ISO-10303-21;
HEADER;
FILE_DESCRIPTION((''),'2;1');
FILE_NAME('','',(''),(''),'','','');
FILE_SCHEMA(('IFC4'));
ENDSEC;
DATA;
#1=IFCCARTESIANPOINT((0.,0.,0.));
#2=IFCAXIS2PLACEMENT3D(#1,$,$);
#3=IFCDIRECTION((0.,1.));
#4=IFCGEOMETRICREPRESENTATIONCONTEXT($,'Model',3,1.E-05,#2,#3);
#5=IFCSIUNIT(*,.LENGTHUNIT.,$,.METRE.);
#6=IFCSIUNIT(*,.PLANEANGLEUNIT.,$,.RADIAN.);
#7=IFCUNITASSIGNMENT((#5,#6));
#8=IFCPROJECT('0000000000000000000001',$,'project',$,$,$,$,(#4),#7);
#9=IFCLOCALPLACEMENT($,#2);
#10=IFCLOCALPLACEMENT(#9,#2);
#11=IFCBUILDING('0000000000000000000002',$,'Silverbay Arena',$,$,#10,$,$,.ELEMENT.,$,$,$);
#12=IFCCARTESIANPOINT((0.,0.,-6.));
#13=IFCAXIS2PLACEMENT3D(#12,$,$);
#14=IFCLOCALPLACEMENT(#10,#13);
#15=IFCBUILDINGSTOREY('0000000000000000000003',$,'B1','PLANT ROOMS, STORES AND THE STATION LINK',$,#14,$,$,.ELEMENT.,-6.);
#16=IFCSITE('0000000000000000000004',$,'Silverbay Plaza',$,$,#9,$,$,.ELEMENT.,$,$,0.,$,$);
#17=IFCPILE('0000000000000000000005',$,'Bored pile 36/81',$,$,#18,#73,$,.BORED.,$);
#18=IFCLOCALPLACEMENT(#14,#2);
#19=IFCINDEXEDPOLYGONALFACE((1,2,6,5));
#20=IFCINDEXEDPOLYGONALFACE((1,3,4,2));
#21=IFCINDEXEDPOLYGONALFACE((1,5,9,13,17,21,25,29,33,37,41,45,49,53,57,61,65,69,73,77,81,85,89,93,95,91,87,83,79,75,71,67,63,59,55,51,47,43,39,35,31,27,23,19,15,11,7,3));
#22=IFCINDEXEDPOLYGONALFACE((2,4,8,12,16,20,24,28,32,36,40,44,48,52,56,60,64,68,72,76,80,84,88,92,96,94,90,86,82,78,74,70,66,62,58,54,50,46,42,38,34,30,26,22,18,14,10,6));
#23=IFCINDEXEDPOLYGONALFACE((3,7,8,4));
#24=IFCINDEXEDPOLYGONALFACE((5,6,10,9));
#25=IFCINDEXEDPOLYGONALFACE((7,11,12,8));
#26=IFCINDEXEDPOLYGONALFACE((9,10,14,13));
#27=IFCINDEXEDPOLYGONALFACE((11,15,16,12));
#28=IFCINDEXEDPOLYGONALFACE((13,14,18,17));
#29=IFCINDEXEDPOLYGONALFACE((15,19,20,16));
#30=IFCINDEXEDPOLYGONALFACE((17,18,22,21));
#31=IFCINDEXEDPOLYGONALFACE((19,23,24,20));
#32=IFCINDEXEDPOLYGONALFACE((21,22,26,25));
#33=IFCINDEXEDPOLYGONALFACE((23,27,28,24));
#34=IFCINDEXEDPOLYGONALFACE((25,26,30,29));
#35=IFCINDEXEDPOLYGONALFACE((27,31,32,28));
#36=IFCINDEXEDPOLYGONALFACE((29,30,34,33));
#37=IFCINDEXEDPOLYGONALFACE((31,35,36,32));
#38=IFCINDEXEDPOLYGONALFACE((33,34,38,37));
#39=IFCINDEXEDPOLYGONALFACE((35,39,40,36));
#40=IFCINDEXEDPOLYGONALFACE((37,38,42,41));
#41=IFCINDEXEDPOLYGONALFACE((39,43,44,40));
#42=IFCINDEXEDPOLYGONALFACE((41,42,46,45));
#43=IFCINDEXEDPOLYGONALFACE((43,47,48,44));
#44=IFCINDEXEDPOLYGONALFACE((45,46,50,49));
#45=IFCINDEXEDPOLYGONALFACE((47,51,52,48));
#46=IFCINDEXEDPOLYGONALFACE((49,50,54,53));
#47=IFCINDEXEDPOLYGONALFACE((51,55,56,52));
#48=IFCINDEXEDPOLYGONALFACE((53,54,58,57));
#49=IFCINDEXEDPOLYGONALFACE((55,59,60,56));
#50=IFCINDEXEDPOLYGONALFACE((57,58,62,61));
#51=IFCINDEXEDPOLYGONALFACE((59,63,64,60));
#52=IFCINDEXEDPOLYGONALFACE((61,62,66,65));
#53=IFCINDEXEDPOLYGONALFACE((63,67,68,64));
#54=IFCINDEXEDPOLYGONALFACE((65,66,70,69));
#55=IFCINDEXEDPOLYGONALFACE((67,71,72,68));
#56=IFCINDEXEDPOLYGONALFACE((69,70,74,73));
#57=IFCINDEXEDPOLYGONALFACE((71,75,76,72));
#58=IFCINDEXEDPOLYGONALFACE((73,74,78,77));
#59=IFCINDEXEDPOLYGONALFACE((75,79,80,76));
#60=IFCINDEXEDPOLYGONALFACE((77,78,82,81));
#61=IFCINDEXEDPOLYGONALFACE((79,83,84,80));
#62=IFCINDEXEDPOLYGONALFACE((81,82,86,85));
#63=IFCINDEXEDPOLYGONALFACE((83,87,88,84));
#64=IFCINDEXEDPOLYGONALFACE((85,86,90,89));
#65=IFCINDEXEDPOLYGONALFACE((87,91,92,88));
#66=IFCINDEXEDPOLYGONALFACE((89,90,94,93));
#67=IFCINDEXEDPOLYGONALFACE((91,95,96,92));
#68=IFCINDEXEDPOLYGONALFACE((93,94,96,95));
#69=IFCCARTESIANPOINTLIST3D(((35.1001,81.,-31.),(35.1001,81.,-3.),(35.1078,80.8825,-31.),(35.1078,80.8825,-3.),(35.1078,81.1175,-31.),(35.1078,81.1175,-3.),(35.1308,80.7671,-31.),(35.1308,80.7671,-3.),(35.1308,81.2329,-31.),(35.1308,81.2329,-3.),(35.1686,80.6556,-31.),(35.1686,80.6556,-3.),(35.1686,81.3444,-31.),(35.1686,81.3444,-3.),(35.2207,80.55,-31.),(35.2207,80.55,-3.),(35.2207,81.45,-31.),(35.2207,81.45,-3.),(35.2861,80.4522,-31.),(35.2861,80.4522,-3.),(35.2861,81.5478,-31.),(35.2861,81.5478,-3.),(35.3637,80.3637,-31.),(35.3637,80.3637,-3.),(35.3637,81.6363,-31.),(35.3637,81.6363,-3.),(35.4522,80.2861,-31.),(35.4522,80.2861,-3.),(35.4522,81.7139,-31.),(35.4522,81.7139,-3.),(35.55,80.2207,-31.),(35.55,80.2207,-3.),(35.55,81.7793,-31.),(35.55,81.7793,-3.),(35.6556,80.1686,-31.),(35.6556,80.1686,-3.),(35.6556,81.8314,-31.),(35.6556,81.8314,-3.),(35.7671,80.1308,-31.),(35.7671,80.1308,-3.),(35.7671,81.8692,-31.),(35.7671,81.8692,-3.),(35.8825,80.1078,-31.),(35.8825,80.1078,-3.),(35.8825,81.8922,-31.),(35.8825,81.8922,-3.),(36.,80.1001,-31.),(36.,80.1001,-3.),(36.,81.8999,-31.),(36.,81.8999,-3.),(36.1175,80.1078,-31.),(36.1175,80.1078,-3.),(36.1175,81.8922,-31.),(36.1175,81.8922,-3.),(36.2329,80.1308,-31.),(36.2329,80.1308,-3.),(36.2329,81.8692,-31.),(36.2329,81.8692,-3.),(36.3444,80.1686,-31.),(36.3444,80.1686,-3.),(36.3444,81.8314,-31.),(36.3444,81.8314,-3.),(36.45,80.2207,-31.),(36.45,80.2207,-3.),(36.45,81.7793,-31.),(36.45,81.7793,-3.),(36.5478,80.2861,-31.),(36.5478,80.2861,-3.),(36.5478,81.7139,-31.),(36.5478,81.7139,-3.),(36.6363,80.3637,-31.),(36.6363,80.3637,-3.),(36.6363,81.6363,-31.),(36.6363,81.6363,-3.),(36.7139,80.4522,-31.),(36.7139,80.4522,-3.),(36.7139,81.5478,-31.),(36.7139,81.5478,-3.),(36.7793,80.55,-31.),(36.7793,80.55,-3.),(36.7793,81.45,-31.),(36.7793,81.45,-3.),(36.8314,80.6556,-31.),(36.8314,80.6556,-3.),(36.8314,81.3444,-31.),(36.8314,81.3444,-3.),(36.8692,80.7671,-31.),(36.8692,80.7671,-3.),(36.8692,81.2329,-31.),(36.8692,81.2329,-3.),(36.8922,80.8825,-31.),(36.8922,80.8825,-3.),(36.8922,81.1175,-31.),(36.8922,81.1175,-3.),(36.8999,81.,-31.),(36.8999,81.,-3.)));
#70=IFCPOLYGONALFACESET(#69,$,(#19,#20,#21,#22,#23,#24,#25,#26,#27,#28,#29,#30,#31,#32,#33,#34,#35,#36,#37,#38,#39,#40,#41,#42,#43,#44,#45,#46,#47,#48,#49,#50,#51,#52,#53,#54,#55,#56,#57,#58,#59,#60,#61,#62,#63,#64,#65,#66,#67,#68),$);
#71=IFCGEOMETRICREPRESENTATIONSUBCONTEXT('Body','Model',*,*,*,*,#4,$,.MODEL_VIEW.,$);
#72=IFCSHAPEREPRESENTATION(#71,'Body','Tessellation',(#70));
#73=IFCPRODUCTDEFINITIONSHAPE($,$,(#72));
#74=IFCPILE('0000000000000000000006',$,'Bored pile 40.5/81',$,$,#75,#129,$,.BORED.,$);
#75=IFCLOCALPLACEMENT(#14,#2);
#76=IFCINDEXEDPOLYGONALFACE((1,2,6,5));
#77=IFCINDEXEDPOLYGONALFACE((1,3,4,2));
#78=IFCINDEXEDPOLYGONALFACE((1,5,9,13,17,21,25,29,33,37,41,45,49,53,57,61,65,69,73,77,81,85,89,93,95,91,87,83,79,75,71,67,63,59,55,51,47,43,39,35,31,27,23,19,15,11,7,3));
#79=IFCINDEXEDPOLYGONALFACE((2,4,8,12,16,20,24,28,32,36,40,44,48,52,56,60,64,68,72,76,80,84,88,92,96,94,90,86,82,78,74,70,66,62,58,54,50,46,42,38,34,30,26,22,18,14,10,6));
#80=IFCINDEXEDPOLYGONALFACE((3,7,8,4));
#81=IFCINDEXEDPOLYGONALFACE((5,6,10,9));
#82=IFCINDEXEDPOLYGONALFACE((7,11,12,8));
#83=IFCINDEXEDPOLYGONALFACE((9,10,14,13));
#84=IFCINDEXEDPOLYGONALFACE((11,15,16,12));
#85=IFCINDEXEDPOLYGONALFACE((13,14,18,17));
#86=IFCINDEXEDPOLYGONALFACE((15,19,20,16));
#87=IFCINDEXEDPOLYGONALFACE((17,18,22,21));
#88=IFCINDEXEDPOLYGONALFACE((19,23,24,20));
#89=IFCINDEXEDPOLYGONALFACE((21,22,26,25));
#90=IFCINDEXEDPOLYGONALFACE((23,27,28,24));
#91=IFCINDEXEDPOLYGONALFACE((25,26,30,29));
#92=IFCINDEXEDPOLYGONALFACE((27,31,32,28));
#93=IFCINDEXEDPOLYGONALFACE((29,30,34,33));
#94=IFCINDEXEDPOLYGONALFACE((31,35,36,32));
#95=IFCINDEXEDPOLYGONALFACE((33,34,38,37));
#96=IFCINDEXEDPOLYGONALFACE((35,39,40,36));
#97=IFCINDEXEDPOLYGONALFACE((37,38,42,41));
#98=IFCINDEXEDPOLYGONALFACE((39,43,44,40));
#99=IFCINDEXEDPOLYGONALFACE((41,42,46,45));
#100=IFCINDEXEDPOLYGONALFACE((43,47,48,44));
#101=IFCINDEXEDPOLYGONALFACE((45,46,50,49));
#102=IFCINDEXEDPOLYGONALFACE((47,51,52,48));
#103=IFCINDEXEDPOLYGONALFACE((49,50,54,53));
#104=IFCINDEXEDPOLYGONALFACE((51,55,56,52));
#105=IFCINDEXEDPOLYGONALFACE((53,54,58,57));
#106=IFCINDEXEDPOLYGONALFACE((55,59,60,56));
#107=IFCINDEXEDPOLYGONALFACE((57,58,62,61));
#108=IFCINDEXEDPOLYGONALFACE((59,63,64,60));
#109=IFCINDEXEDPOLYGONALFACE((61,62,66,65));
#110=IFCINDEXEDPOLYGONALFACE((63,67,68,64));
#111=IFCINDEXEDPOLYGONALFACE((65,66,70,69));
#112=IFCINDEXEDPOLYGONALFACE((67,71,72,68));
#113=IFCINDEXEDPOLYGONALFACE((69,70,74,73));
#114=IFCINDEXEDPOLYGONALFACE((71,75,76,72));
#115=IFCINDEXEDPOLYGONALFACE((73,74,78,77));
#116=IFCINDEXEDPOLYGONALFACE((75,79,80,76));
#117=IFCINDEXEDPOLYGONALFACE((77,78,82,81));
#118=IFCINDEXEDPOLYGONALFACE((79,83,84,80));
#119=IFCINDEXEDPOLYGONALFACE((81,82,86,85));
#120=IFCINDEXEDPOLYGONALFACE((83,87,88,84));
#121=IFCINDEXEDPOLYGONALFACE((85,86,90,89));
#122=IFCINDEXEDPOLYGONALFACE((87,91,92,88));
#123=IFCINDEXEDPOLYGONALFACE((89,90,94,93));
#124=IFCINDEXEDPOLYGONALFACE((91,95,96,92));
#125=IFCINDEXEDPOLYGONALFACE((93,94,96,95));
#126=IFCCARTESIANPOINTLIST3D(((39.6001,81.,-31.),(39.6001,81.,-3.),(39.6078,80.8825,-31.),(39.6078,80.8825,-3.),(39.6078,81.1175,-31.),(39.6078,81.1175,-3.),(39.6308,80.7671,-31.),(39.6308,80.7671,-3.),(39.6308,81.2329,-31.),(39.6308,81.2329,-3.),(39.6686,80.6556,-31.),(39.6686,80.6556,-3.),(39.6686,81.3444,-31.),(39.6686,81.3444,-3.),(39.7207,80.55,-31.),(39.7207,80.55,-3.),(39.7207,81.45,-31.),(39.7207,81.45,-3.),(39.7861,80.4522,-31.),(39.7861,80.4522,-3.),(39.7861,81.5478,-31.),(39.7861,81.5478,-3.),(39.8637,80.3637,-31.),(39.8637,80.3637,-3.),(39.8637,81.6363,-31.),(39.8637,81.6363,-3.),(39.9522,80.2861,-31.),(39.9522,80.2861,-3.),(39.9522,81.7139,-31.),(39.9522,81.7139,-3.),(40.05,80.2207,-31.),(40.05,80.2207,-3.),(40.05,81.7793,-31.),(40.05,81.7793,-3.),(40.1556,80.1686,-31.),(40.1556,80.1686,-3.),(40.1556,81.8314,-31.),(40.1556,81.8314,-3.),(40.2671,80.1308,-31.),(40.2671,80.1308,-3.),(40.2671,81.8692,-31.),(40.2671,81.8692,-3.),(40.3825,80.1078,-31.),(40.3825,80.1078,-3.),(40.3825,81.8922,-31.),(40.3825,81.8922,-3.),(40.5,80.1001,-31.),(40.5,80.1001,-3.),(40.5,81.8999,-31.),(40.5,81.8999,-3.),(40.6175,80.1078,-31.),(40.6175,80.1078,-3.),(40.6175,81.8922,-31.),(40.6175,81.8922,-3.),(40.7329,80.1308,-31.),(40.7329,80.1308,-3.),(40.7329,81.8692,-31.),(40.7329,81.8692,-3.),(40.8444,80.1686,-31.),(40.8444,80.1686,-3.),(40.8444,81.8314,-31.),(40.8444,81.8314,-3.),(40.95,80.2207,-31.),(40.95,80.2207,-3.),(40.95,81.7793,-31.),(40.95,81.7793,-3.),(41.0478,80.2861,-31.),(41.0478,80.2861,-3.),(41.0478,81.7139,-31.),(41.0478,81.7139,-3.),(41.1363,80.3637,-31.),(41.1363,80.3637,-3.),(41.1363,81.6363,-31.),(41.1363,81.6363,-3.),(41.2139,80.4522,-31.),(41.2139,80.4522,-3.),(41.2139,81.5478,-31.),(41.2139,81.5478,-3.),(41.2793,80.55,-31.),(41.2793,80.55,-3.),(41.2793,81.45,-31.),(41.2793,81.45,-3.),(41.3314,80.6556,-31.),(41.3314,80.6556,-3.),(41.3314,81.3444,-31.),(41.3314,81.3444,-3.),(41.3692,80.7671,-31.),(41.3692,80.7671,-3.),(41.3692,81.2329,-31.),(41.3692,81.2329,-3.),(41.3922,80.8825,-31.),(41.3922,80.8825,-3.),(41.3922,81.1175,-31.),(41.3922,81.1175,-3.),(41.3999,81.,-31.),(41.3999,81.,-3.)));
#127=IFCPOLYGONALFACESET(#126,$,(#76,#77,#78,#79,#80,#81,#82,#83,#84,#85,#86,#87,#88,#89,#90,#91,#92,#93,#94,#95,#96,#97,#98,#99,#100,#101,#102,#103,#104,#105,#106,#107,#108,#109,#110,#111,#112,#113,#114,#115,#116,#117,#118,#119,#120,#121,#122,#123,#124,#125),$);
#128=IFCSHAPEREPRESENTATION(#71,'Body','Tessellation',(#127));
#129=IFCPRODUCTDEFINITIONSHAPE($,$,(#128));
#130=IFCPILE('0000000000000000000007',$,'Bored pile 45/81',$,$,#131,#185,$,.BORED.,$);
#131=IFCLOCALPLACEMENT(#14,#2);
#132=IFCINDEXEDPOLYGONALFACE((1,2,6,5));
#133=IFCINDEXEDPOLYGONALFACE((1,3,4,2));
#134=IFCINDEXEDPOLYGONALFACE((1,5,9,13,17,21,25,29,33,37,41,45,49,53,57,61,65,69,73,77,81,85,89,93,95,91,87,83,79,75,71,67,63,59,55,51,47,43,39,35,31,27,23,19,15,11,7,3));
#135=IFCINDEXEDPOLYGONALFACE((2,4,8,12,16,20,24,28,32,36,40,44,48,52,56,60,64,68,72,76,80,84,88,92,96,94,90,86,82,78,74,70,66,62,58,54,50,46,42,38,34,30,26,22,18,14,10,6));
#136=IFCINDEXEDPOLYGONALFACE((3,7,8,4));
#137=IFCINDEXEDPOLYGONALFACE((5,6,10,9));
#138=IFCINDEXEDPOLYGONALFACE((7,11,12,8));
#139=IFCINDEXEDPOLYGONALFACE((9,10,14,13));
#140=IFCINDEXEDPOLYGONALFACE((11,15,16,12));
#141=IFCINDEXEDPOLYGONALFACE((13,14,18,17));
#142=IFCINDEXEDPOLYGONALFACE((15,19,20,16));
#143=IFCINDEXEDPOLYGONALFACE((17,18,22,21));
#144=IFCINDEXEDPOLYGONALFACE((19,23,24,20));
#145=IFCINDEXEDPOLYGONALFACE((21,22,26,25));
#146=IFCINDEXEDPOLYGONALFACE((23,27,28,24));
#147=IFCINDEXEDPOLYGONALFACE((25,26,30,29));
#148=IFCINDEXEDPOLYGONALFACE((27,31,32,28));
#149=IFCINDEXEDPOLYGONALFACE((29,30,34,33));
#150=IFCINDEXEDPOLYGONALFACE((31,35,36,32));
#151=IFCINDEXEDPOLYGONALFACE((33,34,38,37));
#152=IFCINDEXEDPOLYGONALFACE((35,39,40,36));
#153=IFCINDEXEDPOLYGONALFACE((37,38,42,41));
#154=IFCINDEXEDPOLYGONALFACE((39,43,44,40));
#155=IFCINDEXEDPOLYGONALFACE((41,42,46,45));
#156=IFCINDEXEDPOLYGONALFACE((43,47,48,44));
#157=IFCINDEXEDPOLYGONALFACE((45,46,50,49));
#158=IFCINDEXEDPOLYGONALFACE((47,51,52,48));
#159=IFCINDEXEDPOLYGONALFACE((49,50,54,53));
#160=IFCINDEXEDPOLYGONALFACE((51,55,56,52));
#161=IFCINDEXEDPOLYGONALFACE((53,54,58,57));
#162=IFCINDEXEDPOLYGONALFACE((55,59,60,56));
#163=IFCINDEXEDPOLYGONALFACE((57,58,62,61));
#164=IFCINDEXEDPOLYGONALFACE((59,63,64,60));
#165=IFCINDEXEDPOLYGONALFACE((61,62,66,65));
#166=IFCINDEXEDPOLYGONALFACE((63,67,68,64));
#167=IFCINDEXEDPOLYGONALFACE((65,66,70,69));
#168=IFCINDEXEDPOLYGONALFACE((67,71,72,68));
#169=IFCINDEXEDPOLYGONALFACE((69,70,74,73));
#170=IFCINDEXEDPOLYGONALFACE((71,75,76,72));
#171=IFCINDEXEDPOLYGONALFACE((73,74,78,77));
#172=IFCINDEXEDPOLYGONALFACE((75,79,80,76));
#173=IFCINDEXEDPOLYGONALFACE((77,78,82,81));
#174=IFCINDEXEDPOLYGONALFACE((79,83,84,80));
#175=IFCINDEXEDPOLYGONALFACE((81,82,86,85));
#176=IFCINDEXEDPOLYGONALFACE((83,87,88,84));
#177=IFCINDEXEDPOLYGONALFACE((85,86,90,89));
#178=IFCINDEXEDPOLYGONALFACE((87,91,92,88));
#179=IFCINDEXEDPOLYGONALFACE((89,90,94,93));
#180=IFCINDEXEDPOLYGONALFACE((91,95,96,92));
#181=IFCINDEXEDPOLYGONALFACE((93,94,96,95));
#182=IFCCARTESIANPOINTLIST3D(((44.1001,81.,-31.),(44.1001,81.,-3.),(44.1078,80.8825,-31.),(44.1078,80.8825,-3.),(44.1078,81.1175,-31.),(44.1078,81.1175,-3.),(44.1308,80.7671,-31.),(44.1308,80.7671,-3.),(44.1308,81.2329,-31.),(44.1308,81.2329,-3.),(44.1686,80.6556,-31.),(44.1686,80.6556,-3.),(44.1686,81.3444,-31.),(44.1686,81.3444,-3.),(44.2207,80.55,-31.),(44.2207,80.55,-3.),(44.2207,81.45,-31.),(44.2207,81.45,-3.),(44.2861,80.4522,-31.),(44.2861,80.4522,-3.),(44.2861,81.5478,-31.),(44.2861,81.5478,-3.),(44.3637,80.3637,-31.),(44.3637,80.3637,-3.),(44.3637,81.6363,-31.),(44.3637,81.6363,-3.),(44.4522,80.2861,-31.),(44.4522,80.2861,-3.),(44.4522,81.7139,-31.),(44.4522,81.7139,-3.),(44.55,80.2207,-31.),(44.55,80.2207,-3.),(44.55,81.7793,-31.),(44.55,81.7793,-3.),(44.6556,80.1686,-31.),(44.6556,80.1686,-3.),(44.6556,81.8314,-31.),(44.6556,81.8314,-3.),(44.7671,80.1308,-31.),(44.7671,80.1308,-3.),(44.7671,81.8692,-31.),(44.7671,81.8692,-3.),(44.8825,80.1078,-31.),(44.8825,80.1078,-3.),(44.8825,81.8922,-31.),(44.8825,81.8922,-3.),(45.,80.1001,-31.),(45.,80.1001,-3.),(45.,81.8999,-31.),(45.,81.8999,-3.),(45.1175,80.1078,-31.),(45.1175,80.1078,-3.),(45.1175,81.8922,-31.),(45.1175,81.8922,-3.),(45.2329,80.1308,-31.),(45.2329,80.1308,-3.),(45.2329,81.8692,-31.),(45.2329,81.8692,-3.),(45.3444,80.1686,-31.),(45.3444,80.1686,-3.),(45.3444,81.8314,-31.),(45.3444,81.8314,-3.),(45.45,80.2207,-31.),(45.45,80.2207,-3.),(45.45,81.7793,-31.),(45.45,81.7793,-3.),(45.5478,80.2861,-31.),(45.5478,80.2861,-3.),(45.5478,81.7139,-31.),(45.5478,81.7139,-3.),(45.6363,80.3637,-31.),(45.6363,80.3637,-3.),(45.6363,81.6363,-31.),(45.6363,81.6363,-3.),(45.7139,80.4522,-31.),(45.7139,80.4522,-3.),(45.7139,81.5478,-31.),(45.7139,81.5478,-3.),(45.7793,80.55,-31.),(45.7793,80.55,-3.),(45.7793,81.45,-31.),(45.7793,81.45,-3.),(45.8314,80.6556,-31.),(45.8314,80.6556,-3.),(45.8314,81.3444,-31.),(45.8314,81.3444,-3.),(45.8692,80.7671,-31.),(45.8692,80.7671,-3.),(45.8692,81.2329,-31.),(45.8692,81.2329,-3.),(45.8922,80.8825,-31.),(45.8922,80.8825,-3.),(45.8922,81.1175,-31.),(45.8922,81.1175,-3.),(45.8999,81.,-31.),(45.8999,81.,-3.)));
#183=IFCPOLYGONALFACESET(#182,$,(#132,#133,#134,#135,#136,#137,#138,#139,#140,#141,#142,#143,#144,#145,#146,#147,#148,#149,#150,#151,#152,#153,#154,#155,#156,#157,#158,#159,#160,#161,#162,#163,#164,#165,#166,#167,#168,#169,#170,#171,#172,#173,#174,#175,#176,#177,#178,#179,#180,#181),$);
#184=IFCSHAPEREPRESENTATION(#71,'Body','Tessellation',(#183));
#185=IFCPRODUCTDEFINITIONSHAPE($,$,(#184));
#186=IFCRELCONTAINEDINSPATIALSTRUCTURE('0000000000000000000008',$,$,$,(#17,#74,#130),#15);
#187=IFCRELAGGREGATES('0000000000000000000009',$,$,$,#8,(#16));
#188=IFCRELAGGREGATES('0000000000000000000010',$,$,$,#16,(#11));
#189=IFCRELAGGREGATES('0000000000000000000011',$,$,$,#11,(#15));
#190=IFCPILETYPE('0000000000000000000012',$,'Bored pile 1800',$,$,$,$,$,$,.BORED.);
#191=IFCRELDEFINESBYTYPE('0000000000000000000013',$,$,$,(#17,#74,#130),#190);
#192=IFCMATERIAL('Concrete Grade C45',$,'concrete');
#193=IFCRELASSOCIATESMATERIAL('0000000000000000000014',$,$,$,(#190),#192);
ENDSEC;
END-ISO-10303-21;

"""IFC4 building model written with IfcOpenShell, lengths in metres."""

from ifc_helpers import new_model, si_unit, direction, frame, origin, origin_2d, place, context, subcontext, project, spatial, circle, extrude, material, material_profile, profile_set, type_object, element, save


model = new_model("IFC4")

# Units and contexts
model_context = context("Model", 3, precision=1e-05, world=origin(), true_north=direction((0.0, 1.0)))
body_context = subcontext(model_context, "Body", "Model", "MODEL_VIEW")
ifc_project = project(units=[si_unit("LENGTHUNIT", "METRE"), si_unit("PLANEANGLEUNIT", "RADIAN")], contexts=[model_context])

# Site, building, storey
site_placement = place(None, origin())
site = spatial("IfcSite", under=ifc_project, at=site_placement, Name="Silverbay Plaza", CompositionType="ELEMENT", RefElevation=0.0)
building_placement = place(site_placement, origin())
building = spatial("IfcBuilding", under=site, at=building_placement, Name="Silverbay Arena", CompositionType="ELEMENT")
storey_placement = place(building_placement, frame((0.0, 0.0, -6.0)))
storey = spatial("IfcBuildingStorey", under=building, at=storey_placement, Name="B1", Description="PLANT ROOMS, STORES AND THE STATION LINK", CompositionType="ELEMENT", Elevation=-6.0)

# Piles
ifc_material_1 = material(Name="Concrete Grade C45", Category="concrete")
ifc_material_profile_1 = material_profile(ifc_material_1, circle(Radius=0.8999, at=origin_2d()), Name="Bored pile 1800")
ifc_profile_set_1 = profile_set([ifc_material_profile_1], Name="Concrete Grade C45")
pile_type_1 = type_object("IfcPileType", Name="Bored pile 1800", PredefinedType="BORED", material=ifc_profile_set_1)
for number, where, z_axis, x_axis, name in (
    (1, (36.0, 81.0, -3.0), (0.0, 0.0, -1.0), (1.0, 0.0, 0.0), "Bored pile 36/81"),
    (2, (40.5, 81.0, -3.0), (0.0, 0.0, -1.0), (1.0, 0.0, 0.0), "Bored pile 40.5/81"),
    (3, (45.0, 81.0, -3.0), (0.0, 0.0, -1.0), (1.0, 0.0, 0.0), "Bored pile 45/81"),
):
    element("IfcPile", number, at=place(storey_placement, frame(where, z_axis=z_axis, x_axis=x_axis)), inside=storey, type_object=pile_type_1, Name=name, PredefinedType="BORED", context=body_context, shape_type="SweptSolid", body=[
        extrude(circle(Radius=0.8999, at=origin_2d()), origin(), (0.0, 0.0, 1.0), 28.0),
    ])

save(model, "model.ifc")
